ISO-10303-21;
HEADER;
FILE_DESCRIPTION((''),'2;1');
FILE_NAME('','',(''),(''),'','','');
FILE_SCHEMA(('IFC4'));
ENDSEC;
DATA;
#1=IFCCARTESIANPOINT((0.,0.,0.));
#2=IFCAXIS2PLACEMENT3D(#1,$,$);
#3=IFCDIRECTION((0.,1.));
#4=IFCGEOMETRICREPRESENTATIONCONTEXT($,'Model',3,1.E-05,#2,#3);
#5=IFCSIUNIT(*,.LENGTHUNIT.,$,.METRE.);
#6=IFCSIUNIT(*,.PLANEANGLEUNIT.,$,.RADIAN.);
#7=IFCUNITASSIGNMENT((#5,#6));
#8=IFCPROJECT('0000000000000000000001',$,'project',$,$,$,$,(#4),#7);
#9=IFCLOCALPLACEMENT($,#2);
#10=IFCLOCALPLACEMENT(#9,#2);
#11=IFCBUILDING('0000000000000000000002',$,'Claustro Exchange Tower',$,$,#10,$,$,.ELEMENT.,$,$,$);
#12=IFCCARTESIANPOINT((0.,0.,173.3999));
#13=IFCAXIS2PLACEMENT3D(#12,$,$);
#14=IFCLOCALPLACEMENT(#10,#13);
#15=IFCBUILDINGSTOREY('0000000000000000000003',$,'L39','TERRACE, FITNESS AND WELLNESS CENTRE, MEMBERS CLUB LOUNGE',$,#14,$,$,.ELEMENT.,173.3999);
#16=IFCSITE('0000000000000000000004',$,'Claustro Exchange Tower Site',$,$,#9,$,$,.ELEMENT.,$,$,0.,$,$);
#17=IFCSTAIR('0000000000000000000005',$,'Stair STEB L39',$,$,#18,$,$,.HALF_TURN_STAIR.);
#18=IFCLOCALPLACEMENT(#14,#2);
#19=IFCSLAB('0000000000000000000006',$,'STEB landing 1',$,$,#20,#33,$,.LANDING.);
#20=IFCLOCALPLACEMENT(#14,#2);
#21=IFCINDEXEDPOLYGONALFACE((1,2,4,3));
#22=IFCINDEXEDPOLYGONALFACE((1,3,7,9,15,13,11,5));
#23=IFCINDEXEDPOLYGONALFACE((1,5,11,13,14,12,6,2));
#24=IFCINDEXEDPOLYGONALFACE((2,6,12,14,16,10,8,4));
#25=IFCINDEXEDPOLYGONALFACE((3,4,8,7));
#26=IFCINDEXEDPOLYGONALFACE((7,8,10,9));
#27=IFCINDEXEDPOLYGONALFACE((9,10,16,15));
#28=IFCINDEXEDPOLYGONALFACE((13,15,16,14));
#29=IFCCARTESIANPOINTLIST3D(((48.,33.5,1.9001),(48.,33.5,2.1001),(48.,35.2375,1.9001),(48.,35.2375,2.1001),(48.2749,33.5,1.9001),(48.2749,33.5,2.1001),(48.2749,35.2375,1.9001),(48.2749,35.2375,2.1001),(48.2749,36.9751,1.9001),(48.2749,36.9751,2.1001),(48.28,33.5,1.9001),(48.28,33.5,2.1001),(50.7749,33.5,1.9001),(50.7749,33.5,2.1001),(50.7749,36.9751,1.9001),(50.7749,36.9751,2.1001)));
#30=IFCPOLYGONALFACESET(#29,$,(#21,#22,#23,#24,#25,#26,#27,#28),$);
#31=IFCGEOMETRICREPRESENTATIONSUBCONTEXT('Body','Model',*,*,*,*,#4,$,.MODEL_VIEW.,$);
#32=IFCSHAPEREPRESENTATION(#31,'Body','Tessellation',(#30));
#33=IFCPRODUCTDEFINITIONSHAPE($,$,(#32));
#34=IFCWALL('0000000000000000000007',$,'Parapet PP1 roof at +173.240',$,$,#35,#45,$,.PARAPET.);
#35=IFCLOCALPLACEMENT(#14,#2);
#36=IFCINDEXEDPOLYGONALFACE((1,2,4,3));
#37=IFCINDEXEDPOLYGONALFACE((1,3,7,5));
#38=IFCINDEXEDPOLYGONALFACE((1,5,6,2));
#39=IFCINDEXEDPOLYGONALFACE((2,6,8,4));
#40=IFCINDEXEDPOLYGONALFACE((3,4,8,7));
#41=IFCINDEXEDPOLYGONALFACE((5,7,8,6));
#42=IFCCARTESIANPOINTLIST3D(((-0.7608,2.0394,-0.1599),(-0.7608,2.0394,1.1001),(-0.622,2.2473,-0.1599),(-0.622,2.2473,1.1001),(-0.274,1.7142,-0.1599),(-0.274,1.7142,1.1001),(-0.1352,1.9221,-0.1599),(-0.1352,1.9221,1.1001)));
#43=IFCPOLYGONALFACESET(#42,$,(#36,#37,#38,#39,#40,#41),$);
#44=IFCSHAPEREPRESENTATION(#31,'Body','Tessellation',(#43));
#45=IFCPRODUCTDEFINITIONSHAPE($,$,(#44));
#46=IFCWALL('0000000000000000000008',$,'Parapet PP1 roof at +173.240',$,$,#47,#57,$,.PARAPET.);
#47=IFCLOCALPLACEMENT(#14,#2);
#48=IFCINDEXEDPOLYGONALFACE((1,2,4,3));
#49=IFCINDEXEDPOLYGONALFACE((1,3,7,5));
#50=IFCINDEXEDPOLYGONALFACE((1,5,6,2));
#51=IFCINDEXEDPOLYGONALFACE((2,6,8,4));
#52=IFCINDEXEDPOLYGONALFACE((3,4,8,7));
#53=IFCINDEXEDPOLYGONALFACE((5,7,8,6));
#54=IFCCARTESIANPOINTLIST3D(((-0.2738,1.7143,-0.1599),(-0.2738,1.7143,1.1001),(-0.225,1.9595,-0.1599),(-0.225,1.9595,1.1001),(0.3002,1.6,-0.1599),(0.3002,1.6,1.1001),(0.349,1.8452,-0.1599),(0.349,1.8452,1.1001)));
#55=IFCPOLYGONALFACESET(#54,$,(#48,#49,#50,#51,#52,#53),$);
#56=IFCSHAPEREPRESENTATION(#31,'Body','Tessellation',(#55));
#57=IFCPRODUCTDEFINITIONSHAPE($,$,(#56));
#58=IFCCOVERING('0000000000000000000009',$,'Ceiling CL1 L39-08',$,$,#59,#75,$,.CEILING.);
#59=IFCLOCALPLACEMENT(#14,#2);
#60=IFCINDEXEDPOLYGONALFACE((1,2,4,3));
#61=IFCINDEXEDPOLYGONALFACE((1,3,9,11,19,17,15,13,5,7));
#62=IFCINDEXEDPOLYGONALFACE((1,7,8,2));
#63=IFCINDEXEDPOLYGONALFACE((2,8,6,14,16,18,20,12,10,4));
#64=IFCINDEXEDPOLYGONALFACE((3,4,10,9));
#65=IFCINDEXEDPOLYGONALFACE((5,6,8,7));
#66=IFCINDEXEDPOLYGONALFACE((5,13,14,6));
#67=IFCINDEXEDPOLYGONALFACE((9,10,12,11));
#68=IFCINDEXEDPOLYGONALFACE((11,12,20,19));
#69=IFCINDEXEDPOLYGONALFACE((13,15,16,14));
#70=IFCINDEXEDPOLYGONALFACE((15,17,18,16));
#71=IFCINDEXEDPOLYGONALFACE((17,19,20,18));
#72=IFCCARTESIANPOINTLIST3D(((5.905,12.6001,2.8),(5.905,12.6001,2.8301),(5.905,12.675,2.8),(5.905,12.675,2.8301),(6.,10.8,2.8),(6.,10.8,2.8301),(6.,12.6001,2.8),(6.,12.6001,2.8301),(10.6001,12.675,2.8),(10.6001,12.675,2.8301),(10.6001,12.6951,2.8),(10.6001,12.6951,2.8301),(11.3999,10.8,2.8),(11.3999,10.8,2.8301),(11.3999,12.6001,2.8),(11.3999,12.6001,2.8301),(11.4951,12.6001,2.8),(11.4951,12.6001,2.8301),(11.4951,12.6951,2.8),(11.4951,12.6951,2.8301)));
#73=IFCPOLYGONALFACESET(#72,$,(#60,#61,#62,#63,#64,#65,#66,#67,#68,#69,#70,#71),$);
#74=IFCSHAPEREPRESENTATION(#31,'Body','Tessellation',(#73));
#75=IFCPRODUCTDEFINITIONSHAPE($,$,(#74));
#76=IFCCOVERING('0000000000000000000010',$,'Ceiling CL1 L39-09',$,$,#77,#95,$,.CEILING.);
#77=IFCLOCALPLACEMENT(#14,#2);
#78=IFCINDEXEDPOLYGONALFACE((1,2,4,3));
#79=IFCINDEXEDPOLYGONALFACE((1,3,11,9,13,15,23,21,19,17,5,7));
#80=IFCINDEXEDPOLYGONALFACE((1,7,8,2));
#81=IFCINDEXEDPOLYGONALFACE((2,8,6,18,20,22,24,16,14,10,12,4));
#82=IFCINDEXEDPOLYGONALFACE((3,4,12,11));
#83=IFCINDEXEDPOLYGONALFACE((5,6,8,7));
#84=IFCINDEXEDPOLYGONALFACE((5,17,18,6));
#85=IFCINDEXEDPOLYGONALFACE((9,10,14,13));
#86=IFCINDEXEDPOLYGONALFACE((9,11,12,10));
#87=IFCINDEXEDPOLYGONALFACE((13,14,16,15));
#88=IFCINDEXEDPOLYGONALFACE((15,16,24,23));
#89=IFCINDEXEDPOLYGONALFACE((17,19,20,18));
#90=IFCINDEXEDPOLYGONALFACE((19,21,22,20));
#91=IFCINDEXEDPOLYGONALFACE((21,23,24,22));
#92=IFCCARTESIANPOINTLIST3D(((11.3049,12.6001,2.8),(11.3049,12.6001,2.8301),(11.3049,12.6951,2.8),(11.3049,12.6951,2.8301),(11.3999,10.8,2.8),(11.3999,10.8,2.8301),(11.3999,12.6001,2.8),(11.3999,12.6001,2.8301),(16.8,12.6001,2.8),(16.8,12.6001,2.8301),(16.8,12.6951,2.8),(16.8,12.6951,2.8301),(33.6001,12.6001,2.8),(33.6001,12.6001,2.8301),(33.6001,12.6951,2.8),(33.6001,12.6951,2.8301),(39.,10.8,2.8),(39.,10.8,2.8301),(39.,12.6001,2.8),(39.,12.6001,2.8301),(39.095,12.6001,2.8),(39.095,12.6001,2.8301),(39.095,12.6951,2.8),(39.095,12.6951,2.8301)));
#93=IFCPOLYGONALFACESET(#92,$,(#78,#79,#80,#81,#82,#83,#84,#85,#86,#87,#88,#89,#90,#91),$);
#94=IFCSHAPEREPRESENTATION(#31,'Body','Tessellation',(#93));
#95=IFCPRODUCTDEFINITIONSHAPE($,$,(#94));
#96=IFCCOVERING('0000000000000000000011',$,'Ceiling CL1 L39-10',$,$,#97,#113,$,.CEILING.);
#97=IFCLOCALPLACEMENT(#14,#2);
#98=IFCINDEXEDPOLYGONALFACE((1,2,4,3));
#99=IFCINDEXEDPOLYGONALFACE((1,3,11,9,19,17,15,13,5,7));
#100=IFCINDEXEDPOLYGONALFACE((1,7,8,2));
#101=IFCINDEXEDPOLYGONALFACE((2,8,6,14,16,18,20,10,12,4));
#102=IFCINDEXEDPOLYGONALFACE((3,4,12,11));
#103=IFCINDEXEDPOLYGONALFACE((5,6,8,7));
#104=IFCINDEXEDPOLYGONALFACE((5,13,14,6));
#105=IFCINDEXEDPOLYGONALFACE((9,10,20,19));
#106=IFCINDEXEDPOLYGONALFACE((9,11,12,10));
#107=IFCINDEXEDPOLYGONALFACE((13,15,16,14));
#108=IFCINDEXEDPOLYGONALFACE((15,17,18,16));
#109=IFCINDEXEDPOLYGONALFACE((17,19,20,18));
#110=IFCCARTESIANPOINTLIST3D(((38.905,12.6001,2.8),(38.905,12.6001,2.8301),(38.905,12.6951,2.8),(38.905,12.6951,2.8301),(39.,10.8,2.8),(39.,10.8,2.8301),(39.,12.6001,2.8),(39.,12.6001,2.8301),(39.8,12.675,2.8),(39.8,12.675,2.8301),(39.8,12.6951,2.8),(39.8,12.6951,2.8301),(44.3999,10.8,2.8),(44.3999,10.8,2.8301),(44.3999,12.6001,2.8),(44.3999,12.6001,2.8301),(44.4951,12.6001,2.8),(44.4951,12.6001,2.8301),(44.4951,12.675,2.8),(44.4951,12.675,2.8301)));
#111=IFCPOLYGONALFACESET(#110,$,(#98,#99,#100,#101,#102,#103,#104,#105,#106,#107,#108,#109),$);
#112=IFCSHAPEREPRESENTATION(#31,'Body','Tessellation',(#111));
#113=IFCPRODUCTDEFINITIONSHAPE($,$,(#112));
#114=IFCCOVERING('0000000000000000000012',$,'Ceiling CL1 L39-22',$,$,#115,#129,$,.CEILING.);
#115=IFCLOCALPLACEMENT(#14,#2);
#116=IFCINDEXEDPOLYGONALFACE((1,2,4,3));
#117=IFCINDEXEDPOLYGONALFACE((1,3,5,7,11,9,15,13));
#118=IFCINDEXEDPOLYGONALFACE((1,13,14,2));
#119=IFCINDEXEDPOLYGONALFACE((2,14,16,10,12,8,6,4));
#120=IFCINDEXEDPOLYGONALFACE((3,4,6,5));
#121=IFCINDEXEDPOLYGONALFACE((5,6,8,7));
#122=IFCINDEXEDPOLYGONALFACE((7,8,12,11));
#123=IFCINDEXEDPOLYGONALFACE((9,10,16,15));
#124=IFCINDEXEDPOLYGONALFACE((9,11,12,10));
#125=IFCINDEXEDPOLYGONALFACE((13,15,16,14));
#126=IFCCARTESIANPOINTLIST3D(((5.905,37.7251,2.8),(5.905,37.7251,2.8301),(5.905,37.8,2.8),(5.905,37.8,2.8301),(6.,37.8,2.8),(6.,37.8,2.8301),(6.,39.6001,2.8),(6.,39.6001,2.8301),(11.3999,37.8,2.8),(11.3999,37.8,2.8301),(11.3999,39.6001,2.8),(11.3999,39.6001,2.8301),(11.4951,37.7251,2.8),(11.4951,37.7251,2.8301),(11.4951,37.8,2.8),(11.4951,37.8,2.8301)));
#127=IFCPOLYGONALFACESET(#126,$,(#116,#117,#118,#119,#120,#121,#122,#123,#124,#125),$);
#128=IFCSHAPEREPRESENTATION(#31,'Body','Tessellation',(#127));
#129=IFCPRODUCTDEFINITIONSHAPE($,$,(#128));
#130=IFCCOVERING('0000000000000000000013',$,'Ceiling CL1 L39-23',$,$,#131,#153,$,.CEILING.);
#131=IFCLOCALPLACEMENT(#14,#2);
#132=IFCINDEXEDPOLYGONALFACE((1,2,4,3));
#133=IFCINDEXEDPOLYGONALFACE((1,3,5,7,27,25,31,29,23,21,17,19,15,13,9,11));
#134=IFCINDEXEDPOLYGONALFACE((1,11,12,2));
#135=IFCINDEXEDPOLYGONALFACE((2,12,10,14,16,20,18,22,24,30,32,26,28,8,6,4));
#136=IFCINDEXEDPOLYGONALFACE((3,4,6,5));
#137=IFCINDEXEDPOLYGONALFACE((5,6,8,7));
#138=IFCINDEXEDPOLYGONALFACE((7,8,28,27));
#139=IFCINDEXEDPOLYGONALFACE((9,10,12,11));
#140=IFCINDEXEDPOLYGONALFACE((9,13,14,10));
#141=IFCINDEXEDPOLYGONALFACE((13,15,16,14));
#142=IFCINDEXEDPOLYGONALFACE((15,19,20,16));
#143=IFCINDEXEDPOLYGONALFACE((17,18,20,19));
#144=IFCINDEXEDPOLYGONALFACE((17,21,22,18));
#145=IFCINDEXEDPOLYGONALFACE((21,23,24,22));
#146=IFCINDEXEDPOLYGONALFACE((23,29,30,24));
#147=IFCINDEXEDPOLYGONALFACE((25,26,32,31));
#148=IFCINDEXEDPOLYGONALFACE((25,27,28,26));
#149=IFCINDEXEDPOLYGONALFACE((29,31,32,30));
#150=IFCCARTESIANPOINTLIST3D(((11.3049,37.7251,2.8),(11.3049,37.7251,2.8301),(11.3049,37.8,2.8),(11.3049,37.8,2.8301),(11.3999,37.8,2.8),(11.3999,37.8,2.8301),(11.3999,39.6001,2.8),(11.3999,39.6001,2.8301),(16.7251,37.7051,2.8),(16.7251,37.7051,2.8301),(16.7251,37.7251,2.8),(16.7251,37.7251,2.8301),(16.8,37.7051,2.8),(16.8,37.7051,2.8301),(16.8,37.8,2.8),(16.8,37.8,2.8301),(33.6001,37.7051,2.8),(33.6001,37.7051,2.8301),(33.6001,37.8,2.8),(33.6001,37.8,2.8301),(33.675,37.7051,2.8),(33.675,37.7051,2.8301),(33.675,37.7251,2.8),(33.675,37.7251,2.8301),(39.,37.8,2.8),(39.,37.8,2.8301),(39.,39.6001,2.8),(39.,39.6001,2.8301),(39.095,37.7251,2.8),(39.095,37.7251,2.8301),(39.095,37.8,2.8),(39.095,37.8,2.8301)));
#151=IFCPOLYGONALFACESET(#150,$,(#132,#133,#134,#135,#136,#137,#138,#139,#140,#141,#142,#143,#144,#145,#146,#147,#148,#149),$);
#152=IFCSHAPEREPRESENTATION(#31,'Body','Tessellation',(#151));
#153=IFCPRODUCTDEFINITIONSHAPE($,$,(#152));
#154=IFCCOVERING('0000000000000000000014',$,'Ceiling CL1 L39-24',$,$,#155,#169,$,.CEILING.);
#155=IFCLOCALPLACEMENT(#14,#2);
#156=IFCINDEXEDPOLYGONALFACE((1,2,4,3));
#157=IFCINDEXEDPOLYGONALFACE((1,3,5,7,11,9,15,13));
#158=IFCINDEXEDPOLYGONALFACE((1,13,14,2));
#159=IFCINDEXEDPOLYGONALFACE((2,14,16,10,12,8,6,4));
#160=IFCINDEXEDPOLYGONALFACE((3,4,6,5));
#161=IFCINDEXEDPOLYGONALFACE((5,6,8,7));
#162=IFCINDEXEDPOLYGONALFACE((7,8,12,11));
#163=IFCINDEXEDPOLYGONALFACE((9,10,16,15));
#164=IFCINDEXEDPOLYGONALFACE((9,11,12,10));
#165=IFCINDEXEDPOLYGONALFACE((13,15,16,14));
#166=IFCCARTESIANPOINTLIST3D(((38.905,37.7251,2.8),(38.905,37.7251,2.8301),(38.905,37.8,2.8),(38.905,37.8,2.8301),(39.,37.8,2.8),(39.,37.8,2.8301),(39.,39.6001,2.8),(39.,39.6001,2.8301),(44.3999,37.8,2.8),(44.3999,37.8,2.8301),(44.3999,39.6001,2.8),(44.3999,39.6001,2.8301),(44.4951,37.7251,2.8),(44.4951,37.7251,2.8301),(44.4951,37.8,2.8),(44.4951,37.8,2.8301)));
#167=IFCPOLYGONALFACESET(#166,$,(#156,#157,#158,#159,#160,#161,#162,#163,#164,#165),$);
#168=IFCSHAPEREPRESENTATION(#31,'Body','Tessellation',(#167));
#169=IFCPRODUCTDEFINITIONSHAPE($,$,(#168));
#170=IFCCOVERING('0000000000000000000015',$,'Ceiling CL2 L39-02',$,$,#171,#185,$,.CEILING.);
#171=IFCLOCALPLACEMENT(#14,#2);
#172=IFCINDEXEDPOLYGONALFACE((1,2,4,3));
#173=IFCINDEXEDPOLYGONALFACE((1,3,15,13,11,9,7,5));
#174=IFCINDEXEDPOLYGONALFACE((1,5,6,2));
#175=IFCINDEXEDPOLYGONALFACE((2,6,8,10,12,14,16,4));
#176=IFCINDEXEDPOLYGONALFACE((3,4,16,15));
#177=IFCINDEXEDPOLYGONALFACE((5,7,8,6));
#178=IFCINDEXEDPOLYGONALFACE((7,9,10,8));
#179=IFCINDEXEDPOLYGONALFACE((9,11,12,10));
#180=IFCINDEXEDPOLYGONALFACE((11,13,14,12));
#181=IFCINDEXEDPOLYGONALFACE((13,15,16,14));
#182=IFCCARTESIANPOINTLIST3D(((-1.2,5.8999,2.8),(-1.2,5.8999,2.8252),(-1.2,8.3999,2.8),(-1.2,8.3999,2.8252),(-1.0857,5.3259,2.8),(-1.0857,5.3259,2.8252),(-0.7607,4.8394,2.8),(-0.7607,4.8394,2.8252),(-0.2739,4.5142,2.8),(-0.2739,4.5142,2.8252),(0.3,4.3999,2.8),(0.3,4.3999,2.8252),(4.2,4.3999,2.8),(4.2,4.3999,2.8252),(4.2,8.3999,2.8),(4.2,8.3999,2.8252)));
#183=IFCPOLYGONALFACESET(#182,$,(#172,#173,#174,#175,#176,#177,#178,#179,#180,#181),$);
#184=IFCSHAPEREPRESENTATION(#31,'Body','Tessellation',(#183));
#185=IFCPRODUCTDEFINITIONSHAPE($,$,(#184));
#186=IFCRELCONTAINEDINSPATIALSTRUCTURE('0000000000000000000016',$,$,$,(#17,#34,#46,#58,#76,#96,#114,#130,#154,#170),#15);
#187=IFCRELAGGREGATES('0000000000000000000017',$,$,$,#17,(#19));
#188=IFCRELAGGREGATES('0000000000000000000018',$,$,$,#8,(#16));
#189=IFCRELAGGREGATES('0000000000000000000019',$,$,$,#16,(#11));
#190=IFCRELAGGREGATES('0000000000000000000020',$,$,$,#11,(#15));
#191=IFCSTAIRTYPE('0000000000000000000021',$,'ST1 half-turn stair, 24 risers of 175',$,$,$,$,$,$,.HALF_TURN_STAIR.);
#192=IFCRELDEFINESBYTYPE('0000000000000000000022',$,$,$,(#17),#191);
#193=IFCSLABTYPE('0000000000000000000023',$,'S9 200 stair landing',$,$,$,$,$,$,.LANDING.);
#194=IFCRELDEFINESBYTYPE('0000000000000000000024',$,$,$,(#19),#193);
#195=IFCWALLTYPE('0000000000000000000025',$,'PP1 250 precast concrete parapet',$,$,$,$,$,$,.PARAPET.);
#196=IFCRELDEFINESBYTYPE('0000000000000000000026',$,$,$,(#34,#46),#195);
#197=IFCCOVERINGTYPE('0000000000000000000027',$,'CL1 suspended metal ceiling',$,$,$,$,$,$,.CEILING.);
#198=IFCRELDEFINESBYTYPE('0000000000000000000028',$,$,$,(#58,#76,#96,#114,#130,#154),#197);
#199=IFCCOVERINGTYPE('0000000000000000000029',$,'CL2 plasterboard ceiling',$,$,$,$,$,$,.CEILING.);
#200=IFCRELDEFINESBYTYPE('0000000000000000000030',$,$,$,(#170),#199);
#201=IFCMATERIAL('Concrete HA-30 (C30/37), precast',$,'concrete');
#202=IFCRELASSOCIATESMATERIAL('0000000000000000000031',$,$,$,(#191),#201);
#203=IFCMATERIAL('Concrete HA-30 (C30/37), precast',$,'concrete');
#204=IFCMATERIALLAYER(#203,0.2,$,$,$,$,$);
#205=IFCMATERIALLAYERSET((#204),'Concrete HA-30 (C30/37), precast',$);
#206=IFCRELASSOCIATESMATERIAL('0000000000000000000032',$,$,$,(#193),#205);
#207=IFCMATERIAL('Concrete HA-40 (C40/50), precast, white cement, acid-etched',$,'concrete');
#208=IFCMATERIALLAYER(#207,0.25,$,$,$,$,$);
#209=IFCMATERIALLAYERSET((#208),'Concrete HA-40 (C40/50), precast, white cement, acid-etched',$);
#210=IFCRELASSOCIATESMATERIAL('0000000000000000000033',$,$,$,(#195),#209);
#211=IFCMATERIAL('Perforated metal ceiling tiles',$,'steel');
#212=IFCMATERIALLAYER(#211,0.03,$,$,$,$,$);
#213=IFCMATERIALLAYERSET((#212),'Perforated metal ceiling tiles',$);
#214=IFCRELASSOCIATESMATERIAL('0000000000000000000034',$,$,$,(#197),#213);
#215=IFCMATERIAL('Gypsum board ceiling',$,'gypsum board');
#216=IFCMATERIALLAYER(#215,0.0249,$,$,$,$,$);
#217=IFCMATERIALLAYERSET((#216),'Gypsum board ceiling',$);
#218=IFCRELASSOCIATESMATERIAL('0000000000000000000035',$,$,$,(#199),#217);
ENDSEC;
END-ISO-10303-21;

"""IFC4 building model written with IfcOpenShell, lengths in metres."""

from ifc_helpers import new_model, si_unit, direction, frame, frame_2d, origin, place, context, subcontext, project, spatial, polyline, rectangle, outline, extrude, material, layer, layer_set, type_object, element, aggregate, save


model = new_model("IFC4")

# Units and contexts
model_context = context("Model", 3, precision=1e-05, world=origin(), true_north=direction((0.0, 1.0)))
body_context = subcontext(model_context, "Body", "Model", "MODEL_VIEW")
ifc_project = project(units=[si_unit("LENGTHUNIT", "METRE"), si_unit("PLANEANGLEUNIT", "RADIAN")], contexts=[model_context])

# Site, building, storey
site_placement = place(None, origin())
site = spatial("IfcSite", under=ifc_project, at=site_placement, Name="Claustro Exchange Tower Site", CompositionType="ELEMENT", RefElevation=0.0)
building_placement = place(site_placement, origin())
building = spatial("IfcBuilding", under=site, at=building_placement, Name="Claustro Exchange Tower", CompositionType="ELEMENT")
storey_placement = place(building_placement, frame((0.0, 0.0, 173.3999)))
storey = spatial("IfcBuildingStorey", under=building, at=storey_placement, Name="L39", Description="TERRACE, FITNESS AND WELLNESS CENTRE, MEMBERS CLUB LOUNGE", CompositionType="ELEMENT", Elevation=173.3999)

# Stair, slab
ifc_material_1 = material(Name="Concrete HA-30 (C30/37), precast", Category="concrete")
stair_type = type_object("IfcStairType", Name="ST1 half-turn stair, 24 risers of 175", PredefinedType="HALF_TURN_STAIR", material=ifc_material_1)
ifc_material_2 = material(Name="Concrete HA-30 (C30/37), precast", Category="concrete")
ifc_layer_1 = layer(ifc_material_2, 0.2)
ifc_layer_set_1 = layer_set([ifc_layer_1], Name="Concrete HA-30 (C30/37), precast")
slab_type_1 = type_object("IfcSlabType", Name="S9 200 stair landing", PredefinedType="LANDING", material=ifc_layer_set_1)
stair_1_placement = place(storey_placement, origin())
stair_1 = element("IfcStair", 1, at=stair_1_placement, inside=storey, type_object=stair_type, Name="Stair STEB L39", PredefinedType="HALF_TURN_STAIR")
slab_1_placement = place(storey_placement, frame((0.0, 0.0, 1.9001)))
slab_1 = element("IfcSlab", 2, at=slab_1_placement, type_object=slab_type_1, Name="STEB landing 1", PredefinedType="LANDING", context=body_context, shape_type="SweptSolid", body=[
    extrude(outline(polyline([(48.0, 33.5), (48.0, 35.2375), (48.2749, 35.2375), (48.2749, 36.9751), (50.7749, 36.9751), (50.7749, 33.5), (48.28, 33.5), (48.2749, 33.5), (48.0, 33.5)])), origin(), (0.0, 0.0, 1.0), 0.2),
])
aggregate(stair_1, [slab_1])

# Walls
ifc_material_3 = material(Name="Concrete HA-40 (C40/50), precast, white cement, acid-etched", Category="concrete")
ifc_layer_2 = layer(ifc_material_3, 0.25)
ifc_layer_set_2 = layer_set([ifc_layer_2], Name="Concrete HA-40 (C40/50), precast, white cement, acid-etched")
wall_type = type_object("IfcWallType", Name="PP1 250 precast concrete parapet", PredefinedType="PARAPET", material=ifc_layer_set_2)
wall_1_placement = place(storey_placement, frame((-0.2046, 1.8181, -0.1599), z_axis=(0.0, 0.0, 1.0), x_axis=(-0.831537, 0.55547, 0.0)))
element("IfcWall", 3, at=wall_1_placement, inside=storey, type_object=wall_type, Name="Parapet PP1 roof at +173.240", PredefinedType="PARAPET", context=body_context, shape_type="SweptSolid", body=[
    extrude(rectangle(XDim=0.5854, YDim=0.25, at=frame_2d((0.2927, 0.0))), origin(), (0.0, 0.0, 1.0), 1.26),
])
wall_2_placement = place(storey_placement, frame((0.3245, 1.7227, -0.1599), z_axis=(0.0, 0.0, 1.0), x_axis=(-0.980757, 0.195234, 0.0)))
element("IfcWall", 4, at=wall_2_placement, inside=storey, type_object=wall_type, Name="Parapet PP1 roof at +173.240", PredefinedType="PARAPET", context=body_context, shape_type="SweptSolid", body=[
    extrude(rectangle(XDim=0.5852, YDim=0.25, at=frame_2d((0.2925, 0.0))), origin(), (0.0, 0.0, 1.0), 1.26),
])

# Coverings
ifc_material_4 = material(Name="Perforated metal ceiling tiles", Category="steel")
ifc_layer_3 = layer(ifc_material_4, 0.03)
ifc_layer_set_3 = layer_set([ifc_layer_3], Name="Perforated metal ceiling tiles")
covering_type_1 = type_object("IfcCoveringType", Name="CL1 suspended metal ceiling", PredefinedType="CEILING", material=ifc_layer_set_3)
covering_1_placement = place(storey_placement, frame((0.0, 0.0, 2.8)))
element("IfcCovering", 5, at=covering_1_placement, inside=storey, type_object=covering_type_1, Name="Ceiling CL1 L39-08", PredefinedType="CEILING", context=body_context, shape_type="SweptSolid", body=[
    extrude(outline(polyline([(11.3999, 10.8), (11.3999, 12.6001), (11.4951, 12.6001), (11.4951, 12.6951), (10.6001, 12.6951), (10.6001, 12.675), (5.905, 12.675), (5.905, 12.6001), (6.0, 12.6001), (6.0, 10.8), (11.3999, 10.8)])), origin(), (0.0, 0.0, 1.0), 0.03),
])
covering_2_placement = place(storey_placement, frame((0.0, 0.0, 2.8)))
element("IfcCovering", 6, at=covering_2_placement, inside=storey, type_object=covering_type_1, Name="Ceiling CL1 L39-09", PredefinedType="CEILING", context=body_context, shape_type="SweptSolid", body=[
    extrude(outline(polyline([(11.3999, 12.6001), (11.3999, 10.8), (39.0, 10.8), (39.0, 12.6001), (39.095, 12.6001), (39.095, 12.6951), (33.6001, 12.6951), (33.6001, 12.6001), (16.8, 12.6001), (16.8, 12.6951), (11.3049, 12.6951), (11.3049, 12.6001), (11.3999, 12.6001)])), origin(), (0.0, 0.0, 1.0), 0.03),
])
covering_3_placement = place(storey_placement, frame((0.0, 0.0, 2.8)))
element("IfcCovering", 7, at=covering_3_placement, inside=storey, type_object=covering_type_1, Name="Ceiling CL1 L39-10", PredefinedType="CEILING", context=body_context, shape_type="SweptSolid", body=[
    extrude(outline(polyline([(44.3999, 10.8), (44.3999, 12.6001), (44.4951, 12.6001), (44.4951, 12.675), (39.8, 12.675), (39.8, 12.6951), (38.905, 12.6951), (38.905, 12.6001), (39.0, 12.6001), (39.0, 10.8), (44.3999, 10.8)])), origin(), (0.0, 0.0, 1.0), 0.03),
])
covering_4_placement = place(storey_placement, frame((0.0, 0.0, 2.8)))
element("IfcCovering", 8, at=covering_4_placement, inside=storey, type_object=covering_type_1, Name="Ceiling CL1 L39-22", PredefinedType="CEILING", context=body_context, shape_type="SweptSolid", body=[
    extrude(outline(polyline([(6.0, 37.8), (5.905, 37.8), (5.905, 37.7251), (11.4951, 37.7251), (11.4951, 37.8), (11.3999, 37.8), (11.3999, 39.6001), (6.0, 39.6001), (6.0, 37.8)])), origin(), (0.0, 0.0, 1.0), 0.03),
])
covering_5_placement = place(storey_placement, frame((0.0, 0.0, 2.8)))
element("IfcCovering", 9, at=covering_5_placement, inside=storey, type_object=covering_type_1, Name="Ceiling CL1 L39-23", PredefinedType="CEILING", context=body_context, shape_type="SweptSolid", body=[
    extrude(outline(polyline([(11.3999, 37.8), (11.3049, 37.8), (11.3049, 37.7251), (16.7251, 37.7251), (16.7251, 37.7051), (16.8, 37.7051), (16.8, 37.8), (33.6001, 37.8), (33.6001, 37.7051), (33.675, 37.7051), (33.675, 37.7251), (39.095, 37.7251), (39.095, 37.8), (39.0, 37.8), (39.0, 39.6001), (11.3999, 39.6001), (11.3999, 37.8)])), origin(), (0.0, 0.0, 1.0), 0.03),
])
covering_6_placement = place(storey_placement, frame((0.0, 0.0, 2.8)))
element("IfcCovering", 10, at=covering_6_placement, inside=storey, type_object=covering_type_1, Name="Ceiling CL1 L39-24", PredefinedType="CEILING", context=body_context, shape_type="SweptSolid", body=[
    extrude(outline(polyline([(39.0, 37.8), (38.905, 37.8), (38.905, 37.7251), (44.4951, 37.7251), (44.4951, 37.8), (44.3999, 37.8), (44.3999, 39.6001), (39.0, 39.6001), (39.0, 37.8)])), origin(), (0.0, 0.0, 1.0), 0.03),
])
ifc_material_5 = material(Name="Gypsum board ceiling", Category="gypsum board")
ifc_layer_4 = layer(ifc_material_5, 0.0249)
ifc_layer_set_4 = layer_set([ifc_layer_4], Name="Gypsum board ceiling")
covering_type_2 = type_object("IfcCoveringType", Name="CL2 plasterboard ceiling", PredefinedType="CEILING", material=ifc_layer_set_4)
covering_7_placement = place(storey_placement, frame((0.0, 0.0, 2.8)))
element("IfcCovering", 11, at=covering_7_placement, inside=storey, type_object=covering_type_2, Name="Ceiling CL2 L39-02", PredefinedType="CEILING", context=body_context, shape_type="SweptSolid", body=[
    extrude(outline(polyline([(-1.2, 5.8999), (-1.0857, 5.3259), (-0.7607, 4.8394), (-0.2739, 4.5142), (0.3, 4.3999), (4.2, 4.3999), (4.2, 8.3999), (-1.2, 8.3999), (-1.2, 5.8999)])), origin(), (0.0, 0.0, 1.0), 0.0251),
])

save(model, "model.ifc")
